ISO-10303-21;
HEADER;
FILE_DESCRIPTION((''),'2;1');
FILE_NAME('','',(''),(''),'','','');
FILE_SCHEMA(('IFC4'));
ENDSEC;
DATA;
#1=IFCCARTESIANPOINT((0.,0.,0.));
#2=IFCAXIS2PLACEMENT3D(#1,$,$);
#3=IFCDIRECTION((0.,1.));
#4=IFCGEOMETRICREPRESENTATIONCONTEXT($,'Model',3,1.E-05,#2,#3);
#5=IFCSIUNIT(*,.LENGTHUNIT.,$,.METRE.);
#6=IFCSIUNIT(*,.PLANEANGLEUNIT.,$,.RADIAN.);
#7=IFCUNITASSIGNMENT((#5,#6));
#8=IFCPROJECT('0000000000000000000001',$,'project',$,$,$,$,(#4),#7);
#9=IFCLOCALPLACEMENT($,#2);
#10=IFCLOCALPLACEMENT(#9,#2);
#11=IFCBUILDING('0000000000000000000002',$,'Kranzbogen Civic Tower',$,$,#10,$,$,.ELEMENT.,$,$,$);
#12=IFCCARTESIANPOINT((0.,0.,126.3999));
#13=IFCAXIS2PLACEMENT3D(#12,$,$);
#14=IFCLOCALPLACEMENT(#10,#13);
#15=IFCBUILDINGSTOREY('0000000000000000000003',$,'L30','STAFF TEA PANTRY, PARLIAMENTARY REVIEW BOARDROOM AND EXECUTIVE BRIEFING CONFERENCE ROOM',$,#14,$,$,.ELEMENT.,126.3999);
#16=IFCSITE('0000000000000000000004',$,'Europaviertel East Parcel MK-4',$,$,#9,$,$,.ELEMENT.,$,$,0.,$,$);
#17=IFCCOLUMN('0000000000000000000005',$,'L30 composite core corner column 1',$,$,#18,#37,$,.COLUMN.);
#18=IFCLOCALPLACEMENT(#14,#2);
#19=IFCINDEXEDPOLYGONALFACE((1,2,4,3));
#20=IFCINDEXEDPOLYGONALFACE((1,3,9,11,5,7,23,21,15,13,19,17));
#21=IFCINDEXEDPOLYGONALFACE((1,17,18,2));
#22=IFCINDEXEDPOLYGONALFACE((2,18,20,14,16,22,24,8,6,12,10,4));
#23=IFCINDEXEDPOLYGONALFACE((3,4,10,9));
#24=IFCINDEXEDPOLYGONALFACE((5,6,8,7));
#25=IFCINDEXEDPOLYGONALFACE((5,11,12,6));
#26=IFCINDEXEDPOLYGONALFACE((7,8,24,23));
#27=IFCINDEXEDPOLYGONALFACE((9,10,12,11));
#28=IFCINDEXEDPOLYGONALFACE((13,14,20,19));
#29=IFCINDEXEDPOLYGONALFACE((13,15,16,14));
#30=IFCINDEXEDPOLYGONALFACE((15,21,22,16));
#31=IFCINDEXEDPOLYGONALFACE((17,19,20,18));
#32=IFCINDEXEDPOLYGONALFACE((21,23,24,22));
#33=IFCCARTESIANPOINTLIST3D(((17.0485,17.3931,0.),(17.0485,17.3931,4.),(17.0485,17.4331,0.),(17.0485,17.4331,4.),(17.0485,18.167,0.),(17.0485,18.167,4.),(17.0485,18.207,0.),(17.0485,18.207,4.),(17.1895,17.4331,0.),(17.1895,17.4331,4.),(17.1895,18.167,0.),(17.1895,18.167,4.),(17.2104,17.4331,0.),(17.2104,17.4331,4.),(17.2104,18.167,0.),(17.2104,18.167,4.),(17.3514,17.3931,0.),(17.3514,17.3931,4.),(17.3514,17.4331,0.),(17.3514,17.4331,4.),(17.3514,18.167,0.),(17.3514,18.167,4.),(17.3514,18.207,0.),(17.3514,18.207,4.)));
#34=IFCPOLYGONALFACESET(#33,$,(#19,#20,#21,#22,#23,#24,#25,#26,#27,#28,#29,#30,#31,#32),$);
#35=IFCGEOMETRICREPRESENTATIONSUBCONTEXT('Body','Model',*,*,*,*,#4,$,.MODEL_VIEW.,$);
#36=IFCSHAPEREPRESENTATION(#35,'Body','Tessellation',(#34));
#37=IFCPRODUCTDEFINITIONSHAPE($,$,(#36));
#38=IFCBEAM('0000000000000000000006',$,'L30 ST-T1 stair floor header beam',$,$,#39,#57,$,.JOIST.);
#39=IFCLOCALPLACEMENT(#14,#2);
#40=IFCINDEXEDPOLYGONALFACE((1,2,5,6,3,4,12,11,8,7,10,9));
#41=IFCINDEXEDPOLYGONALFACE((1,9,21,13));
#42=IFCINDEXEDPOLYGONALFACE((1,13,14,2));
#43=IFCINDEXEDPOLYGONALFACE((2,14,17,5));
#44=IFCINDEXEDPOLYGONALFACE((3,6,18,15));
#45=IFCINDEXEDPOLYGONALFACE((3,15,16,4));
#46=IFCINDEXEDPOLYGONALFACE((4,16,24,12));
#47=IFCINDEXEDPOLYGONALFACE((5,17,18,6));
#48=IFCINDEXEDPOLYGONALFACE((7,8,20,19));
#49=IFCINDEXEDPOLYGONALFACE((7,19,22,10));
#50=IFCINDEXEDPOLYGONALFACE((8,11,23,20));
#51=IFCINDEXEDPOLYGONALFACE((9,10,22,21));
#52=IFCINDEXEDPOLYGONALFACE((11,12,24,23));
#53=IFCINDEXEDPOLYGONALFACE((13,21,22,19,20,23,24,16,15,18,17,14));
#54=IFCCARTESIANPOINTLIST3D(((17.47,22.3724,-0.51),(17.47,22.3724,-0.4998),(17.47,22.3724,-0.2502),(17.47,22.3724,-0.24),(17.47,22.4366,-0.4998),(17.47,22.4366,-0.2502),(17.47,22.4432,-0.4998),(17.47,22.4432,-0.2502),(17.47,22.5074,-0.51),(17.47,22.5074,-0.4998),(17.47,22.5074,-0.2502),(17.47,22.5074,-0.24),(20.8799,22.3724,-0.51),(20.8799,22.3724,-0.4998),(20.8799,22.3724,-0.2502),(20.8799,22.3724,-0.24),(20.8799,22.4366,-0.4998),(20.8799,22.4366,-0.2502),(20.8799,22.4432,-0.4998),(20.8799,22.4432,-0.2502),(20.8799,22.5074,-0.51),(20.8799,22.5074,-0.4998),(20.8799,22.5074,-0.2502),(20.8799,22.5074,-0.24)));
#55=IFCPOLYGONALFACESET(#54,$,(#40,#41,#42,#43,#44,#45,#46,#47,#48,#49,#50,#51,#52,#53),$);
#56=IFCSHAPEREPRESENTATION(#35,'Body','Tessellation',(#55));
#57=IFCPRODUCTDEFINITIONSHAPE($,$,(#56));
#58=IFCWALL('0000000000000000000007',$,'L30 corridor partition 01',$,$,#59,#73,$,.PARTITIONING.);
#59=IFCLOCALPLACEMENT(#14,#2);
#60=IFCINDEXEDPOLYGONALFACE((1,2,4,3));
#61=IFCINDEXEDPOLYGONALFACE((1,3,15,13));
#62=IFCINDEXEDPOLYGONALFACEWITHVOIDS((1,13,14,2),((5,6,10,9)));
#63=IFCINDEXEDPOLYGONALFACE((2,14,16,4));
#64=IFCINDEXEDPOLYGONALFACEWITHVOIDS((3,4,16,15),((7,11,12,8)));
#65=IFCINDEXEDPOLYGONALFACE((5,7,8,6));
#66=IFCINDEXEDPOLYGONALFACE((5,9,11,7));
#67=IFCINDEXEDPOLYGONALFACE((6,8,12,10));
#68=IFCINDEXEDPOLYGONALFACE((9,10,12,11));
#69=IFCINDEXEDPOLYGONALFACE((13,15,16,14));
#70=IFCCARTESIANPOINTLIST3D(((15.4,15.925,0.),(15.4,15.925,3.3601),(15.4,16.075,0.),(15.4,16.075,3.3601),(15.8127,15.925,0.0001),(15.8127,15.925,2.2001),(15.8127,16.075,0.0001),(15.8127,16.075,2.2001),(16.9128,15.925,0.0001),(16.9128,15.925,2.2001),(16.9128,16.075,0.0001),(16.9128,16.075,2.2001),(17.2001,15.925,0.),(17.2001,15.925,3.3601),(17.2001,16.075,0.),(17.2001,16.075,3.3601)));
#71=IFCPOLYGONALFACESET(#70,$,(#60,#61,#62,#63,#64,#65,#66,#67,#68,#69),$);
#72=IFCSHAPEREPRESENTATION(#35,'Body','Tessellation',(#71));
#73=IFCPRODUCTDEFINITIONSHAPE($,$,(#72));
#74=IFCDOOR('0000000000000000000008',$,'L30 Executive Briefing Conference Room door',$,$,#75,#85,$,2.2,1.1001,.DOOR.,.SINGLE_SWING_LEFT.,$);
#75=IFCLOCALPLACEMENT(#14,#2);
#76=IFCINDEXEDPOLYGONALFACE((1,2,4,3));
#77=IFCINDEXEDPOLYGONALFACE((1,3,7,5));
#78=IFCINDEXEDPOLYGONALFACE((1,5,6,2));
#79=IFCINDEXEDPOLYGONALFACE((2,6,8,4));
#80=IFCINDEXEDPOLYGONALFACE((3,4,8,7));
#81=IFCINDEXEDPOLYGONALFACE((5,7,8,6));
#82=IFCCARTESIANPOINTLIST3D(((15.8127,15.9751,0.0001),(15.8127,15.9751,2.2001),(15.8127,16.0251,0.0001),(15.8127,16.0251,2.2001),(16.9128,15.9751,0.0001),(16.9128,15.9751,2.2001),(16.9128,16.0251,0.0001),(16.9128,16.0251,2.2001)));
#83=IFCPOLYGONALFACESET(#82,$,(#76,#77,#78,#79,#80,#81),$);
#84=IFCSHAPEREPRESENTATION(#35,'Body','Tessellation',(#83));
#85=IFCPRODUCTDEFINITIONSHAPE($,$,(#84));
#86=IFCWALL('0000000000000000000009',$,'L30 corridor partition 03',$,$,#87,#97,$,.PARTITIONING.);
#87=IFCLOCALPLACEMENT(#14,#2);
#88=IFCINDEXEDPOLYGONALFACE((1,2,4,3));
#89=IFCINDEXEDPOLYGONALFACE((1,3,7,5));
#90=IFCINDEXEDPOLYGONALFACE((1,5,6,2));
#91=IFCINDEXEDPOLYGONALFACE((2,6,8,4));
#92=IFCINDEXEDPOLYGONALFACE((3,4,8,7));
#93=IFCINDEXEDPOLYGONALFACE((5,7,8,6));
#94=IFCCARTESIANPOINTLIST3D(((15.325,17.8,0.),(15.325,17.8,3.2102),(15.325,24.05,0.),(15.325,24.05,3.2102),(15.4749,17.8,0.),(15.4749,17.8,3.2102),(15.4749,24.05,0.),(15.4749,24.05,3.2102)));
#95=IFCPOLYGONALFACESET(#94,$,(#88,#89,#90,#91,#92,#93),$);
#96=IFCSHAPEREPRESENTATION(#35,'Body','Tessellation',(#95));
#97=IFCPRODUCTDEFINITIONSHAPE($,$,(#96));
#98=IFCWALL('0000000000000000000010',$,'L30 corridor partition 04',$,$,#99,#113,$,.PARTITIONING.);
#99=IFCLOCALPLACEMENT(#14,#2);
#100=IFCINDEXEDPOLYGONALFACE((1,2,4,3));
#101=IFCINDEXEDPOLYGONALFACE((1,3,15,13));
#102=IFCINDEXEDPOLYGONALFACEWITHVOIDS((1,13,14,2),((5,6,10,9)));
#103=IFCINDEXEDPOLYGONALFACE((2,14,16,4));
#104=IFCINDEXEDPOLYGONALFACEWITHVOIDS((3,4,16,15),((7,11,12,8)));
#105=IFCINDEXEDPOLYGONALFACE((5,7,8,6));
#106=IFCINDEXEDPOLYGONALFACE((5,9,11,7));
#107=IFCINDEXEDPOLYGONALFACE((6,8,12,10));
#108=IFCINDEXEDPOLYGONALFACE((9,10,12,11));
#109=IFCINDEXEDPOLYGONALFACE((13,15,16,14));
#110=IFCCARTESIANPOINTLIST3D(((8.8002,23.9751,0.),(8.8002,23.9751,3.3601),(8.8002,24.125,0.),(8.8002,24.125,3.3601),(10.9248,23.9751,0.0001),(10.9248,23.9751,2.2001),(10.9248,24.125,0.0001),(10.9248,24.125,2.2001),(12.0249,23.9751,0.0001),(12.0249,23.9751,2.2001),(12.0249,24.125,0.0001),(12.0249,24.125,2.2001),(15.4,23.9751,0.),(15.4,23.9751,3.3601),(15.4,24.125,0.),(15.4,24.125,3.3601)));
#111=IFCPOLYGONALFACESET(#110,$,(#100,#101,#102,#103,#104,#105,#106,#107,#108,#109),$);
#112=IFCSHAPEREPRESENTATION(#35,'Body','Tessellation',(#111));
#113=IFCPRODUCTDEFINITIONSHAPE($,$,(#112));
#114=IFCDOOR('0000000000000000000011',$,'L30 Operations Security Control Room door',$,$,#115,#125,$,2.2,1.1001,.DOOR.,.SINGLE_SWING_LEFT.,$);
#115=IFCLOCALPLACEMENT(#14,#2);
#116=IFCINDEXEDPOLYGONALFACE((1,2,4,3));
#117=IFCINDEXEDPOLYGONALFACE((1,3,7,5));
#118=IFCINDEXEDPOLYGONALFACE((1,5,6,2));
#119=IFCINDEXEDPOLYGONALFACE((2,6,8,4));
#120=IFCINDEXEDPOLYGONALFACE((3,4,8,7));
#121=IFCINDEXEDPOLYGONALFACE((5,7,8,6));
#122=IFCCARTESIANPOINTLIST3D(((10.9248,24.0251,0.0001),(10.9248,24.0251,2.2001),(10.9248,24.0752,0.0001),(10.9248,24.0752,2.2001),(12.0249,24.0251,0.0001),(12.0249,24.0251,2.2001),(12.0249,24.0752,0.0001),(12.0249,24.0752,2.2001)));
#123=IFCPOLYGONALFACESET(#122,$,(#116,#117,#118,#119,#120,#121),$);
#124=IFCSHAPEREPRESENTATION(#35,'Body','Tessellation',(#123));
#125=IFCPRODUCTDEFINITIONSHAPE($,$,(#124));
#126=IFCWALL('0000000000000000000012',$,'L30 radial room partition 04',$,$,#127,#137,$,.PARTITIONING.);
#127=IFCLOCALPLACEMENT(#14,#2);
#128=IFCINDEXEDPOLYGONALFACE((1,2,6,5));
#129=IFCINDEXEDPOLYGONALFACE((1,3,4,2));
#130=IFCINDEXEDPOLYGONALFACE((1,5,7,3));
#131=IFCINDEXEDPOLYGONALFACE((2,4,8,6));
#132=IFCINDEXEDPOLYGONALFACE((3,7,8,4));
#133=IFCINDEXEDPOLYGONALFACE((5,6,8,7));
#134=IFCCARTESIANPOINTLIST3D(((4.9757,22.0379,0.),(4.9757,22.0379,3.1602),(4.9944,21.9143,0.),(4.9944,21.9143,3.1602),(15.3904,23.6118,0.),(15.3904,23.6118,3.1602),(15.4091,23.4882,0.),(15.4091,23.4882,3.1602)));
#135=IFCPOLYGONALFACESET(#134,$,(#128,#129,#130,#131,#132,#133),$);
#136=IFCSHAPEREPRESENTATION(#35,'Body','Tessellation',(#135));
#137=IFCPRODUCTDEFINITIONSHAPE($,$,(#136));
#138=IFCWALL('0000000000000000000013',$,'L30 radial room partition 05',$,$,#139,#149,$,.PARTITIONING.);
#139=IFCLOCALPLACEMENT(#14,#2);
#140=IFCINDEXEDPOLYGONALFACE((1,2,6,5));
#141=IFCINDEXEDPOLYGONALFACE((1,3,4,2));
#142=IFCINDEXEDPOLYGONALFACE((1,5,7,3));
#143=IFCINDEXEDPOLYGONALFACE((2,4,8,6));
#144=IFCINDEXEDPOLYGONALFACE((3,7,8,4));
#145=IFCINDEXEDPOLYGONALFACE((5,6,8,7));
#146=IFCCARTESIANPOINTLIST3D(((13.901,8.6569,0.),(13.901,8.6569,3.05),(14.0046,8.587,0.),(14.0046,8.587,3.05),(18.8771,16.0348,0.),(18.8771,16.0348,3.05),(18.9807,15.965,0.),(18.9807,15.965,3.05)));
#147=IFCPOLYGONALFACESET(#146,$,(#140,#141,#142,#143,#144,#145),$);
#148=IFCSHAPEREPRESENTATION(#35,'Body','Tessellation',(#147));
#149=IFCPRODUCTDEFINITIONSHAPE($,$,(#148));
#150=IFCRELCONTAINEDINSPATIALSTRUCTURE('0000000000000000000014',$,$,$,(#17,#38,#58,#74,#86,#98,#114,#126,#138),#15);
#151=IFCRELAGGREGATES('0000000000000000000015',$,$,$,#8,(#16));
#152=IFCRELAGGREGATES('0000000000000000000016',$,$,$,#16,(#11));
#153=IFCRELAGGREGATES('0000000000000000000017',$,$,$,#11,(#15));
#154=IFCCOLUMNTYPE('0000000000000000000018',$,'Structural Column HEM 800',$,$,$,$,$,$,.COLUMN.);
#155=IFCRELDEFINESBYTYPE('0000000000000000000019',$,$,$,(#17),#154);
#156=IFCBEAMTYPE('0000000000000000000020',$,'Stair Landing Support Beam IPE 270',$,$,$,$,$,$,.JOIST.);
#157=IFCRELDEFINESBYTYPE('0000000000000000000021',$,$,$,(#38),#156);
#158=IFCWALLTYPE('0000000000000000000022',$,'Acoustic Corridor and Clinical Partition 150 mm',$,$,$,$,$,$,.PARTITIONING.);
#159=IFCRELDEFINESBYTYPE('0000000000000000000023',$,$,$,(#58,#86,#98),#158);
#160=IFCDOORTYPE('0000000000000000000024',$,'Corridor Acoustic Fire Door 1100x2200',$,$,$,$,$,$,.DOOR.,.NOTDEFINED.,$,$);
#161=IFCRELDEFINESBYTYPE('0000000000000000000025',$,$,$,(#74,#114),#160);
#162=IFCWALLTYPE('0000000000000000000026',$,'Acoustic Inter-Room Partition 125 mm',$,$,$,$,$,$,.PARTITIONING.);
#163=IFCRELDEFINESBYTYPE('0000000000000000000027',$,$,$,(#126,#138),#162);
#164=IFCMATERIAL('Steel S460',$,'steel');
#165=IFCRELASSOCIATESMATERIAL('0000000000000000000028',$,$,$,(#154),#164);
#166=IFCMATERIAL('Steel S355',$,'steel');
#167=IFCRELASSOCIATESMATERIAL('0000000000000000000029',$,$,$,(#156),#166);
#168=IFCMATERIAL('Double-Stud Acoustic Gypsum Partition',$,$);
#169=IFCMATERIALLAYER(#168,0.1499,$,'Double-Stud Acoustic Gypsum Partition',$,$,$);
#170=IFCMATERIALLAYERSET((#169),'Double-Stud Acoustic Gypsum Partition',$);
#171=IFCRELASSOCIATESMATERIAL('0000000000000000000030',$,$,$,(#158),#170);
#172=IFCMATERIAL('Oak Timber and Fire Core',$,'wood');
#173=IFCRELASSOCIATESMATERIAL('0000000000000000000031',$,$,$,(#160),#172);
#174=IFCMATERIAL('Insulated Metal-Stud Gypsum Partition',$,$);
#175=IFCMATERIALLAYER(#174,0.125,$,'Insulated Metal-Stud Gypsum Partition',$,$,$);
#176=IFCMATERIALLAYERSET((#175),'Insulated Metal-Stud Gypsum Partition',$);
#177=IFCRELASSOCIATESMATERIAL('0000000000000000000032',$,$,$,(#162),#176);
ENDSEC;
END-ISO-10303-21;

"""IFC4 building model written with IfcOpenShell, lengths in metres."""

from ifc_helpers import new_model, si_unit, direction, frame, frame_2d, origin, origin_2d, place, context, subcontext, project, spatial, rectangle, i_section, extrude, material, layer, layer_set, material_profile, profile_set, type_object, element, fill, save


model = new_model("IFC4")

# Units and contexts
model_context = context("Model", 3, precision=1e-05, world=origin(), true_north=direction((0.0, 1.0)))
body_context = subcontext(model_context, "Body", "Model", "MODEL_VIEW")
ifc_project = project(units=[si_unit("LENGTHUNIT", "METRE"), si_unit("PLANEANGLEUNIT", "RADIAN")], contexts=[model_context])

# Site, building, storey
site_placement = place(None, origin())
site = spatial("IfcSite", under=ifc_project, at=site_placement, Name="Europaviertel East Parcel MK-4", CompositionType="ELEMENT", RefElevation=0.0)
building_placement = place(site_placement, origin())
building = spatial("IfcBuilding", under=site, at=building_placement, Name="Kranzbogen Civic Tower", CompositionType="ELEMENT")
storey_placement = place(building_placement, frame((0.0, 0.0, 126.3999)))
storey = spatial("IfcBuildingStorey", under=building, at=storey_placement, Name="L30", Description="STAFF TEA PANTRY, PARLIAMENTARY REVIEW BOARDROOM AND EXECUTIVE BRIEFING CONFERENCE ROOM", CompositionType="ELEMENT", Elevation=126.3999)

# Column
ifc_material_1 = material(Name="Steel S460", Category="steel")
ifc_material_profile_1 = material_profile(ifc_material_1, i_section(OverallWidth=0.303, OverallDepth=0.814, WebThickness=0.021, FlangeThickness=0.04, at=origin_2d()), Name="HEM 800")
ifc_profile_set_1 = profile_set([ifc_material_profile_1], Name="Steel S460")
column_type = type_object("IfcColumnType", Name="Structural Column HEM 800", PredefinedType="COLUMN", material=ifc_profile_set_1)
column_placement = place(storey_placement, frame((17.2, 17.8, 0.0), z_axis=(0.0, 0.0, 1.0), x_axis=(1.0, 0.0, 0.0)))
element("IfcColumn", 1, at=column_placement, inside=storey, type_object=column_type, Name="L30 composite core corner column 1", PredefinedType="COLUMN", context=body_context, shape_type="SweptSolid", body=[
    extrude(i_section(OverallWidth=0.303, OverallDepth=0.814, WebThickness=0.021, FlangeThickness=0.04, at=origin_2d()), origin(), (0.0, 0.0, 1.0), 4.0),
])

# Beam
ifc_material_2 = material(Name="Steel S355", Category="steel")
ifc_material_profile_2 = material_profile(ifc_material_2, i_section(OverallWidth=0.135, OverallDepth=0.27, WebThickness=0.0066, FlangeThickness=0.0103, at=origin_2d()), Name="IPE 270")
ifc_profile_set_2 = profile_set([ifc_material_profile_2], Name="Steel S355")
beam_type = type_object("IfcBeamType", Name="Stair Landing Support Beam IPE 270", PredefinedType="JOIST", material=ifc_profile_set_2)
beam_placement = place(storey_placement, frame((20.8799, 22.4399, -0.375), z_axis=(-1.0, 0.0, 0.0), x_axis=(0.0, -1.0, 0.0)))
element("IfcBeam", 2, at=beam_placement, inside=storey, type_object=beam_type, Name="L30 ST-T1 stair floor header beam", PredefinedType="JOIST", context=body_context, shape_type="SweptSolid", body=[
    extrude(i_section(OverallWidth=0.135, OverallDepth=0.27, WebThickness=0.0066, FlangeThickness=0.0103, at=origin_2d()), origin(), (0.0, 0.0, 1.0), 3.4099),
])

# Wall, opening, door
ifc_material_3 = material(Name="Double-Stud Acoustic Gypsum Partition")
ifc_layer_1 = layer(ifc_material_3, 0.1499, Name="Double-Stud Acoustic Gypsum Partition")
ifc_layer_set_1 = layer_set([ifc_layer_1], Name="Double-Stud Acoustic Gypsum Partition")
wall_type_1 = type_object("IfcWallType", Name="Acoustic Corridor and Clinical Partition 150 mm", PredefinedType="PARTITIONING", material=ifc_layer_set_1)
wall_1_placement = place(storey_placement, frame((17.2, 16.0, 0.0), z_axis=(0.0, 0.0, 1.0), x_axis=(-1.0, 0.0, 0.0)))
wall_1 = element("IfcWall", 3, at=wall_1_placement, inside=storey, type_object=wall_type_1, Name="L30 corridor partition 01", PredefinedType="PARTITIONING", context=body_context, shape_type="SweptSolid", body=[
    extrude(rectangle(XDim=1.8, YDim=0.1499, at=frame_2d((0.8999, 0.0))), origin(), (0.0, 0.0, 1.0), 3.3601),
])
opening_1_placement = place(wall_1_placement, frame((0.2871, 0.0, 0.0)))
opening_1 = element("IfcOpeningElement", 4, at=opening_1_placement, cuts=wall_1, PredefinedType="OPENING", context=body_context, shape_type="SweptSolid", body=[
    extrude(rectangle(XDim=1.1001, YDim=2.2, at=frame_2d((0.55, 1.1001))), frame((0.0, 0.085, 0.0), z_axis=(0.0, -1.0, 0.0), x_axis=(1.0, 0.0, 0.0)), (0.0, 0.0, 1.0), 0.1699),
])
ifc_material_4 = material(Name="Oak Timber and Fire Core", Category="wood")
door_type_1 = type_object("IfcDoorType", Name="Corridor Acoustic Fire Door 1100x2200", OperationType="NOTDEFINED", PredefinedType="DOOR", material=ifc_material_4)
door_1_placement = place(opening_1_placement, origin())
door_1 = element("IfcDoor", 5, at=door_1_placement, inside=storey, type_object=door_type_1, Name="L30 Executive Briefing Conference Room door", OperationType="SINGLE_SWING_LEFT", OverallHeight=2.2, OverallWidth=1.1001, PredefinedType="DOOR", context=body_context, shape_type="SweptSolid", body=[
    extrude(rectangle(XDim=1.1001, YDim=2.2, at=frame_2d((0.55, 1.1001))), frame((0.0, 0.0249, 0.0), z_axis=(0.0, -1.0, 0.0), x_axis=(1.0, 0.0, 0.0)), (0.0, 0.0, 1.0), 0.05),
])
fill(opening_1, door_1)

# Wall
wall_2_placement = place(storey_placement, frame((15.3999, 17.8, 0.0), z_axis=(0.0, 0.0, 1.0), x_axis=(0.0, 1.0, 0.0)))
element("IfcWall", 6, at=wall_2_placement, inside=storey, type_object=wall_type_1, Name="L30 corridor partition 03", PredefinedType="PARTITIONING", context=body_context, shape_type="SweptSolid", body=[
    extrude(rectangle(XDim=6.25, YDim=0.1499, at=frame_2d((3.125, 0.0))), origin(), (0.0, 0.0, 1.0), 3.2102),
])

# Wall, opening, door
wall_3_placement = place(storey_placement, frame((15.3999, 24.05, 0.0), z_axis=(0.0, 0.0, 1.0), x_axis=(-1.0, 0.0, 0.0)))
wall_3 = element("IfcWall", 7, at=wall_3_placement, inside=storey, type_object=wall_type_1, Name="L30 corridor partition 04", PredefinedType="PARTITIONING", context=body_context, shape_type="SweptSolid", body=[
    extrude(rectangle(XDim=6.5999, YDim=0.1499, at=frame_2d((3.2998, 0.0))), origin(), (0.0, 0.0, 1.0), 3.3601),
])
opening_2_placement = place(wall_3_placement, frame((3.375, 0.0, 0.0)))
opening_2 = element("IfcOpeningElement", 8, at=opening_2_placement, cuts=wall_3, PredefinedType="OPENING", context=body_context, shape_type="SweptSolid", body=[
    extrude(rectangle(XDim=1.1001, YDim=2.2, at=frame_2d((0.55, 1.1001))), frame((0.0, 0.085, 0.0), z_axis=(0.0, -1.0, 0.0), x_axis=(1.0, 0.0, 0.0)), (0.0, 0.0, 1.0), 0.1699),
])
door_2_placement = place(opening_2_placement, origin())
door_2 = element("IfcDoor", 9, at=door_2_placement, inside=storey, type_object=door_type_1, Name="L30 Operations Security Control Room door", OperationType="SINGLE_SWING_LEFT", OverallHeight=2.2, OverallWidth=1.1001, PredefinedType="DOOR", context=body_context, shape_type="SweptSolid", body=[
    extrude(rectangle(XDim=1.1001, YDim=2.2, at=frame_2d((0.55, 1.1001))), frame((0.0, 0.0249, 0.0), z_axis=(0.0, -1.0, 0.0), x_axis=(1.0, 0.0, 0.0)), (0.0, 0.0, 1.0), 0.05),
])
fill(opening_2, door_2)

# Walls
ifc_material_5 = material(Name="Insulated Metal-Stud Gypsum Partition")
ifc_layer_2 = layer(ifc_material_5, 0.125, Name="Insulated Metal-Stud Gypsum Partition")
ifc_layer_set_2 = layer_set([ifc_layer_2], Name="Insulated Metal-Stud Gypsum Partition")
wall_type_2 = type_object("IfcWallType", Name="Acoustic Inter-Room Partition 125 mm", PredefinedType="PARTITIONING", material=ifc_layer_set_2)
wall_4_placement = place(storey_placement, frame((15.3999, 23.55, 0.0), z_axis=(0.0, 0.0, 1.0), x_axis=(-0.988772, -0.149432, 0.0)))
element("IfcWall", 10, at=wall_4_placement, inside=storey, type_object=wall_type_2, Name="L30 radial room partition 04", PredefinedType="PARTITIONING", context=body_context, shape_type="SweptSolid", body=[
    extrude(rectangle(XDim=10.533, YDim=0.125, at=frame_2d((5.2666, 0.0))), origin(), (0.0, 0.0, 1.0), 3.1602),
])
wall_5_placement = place(storey_placement, frame((18.929, 16.0, 0.0), z_axis=(0.0, 0.0, 1.0), x_axis=(-0.559162, -0.829059, 0.0)))
element("IfcWall", 11, at=wall_5_placement, inside=storey, type_object=wall_type_2, Name="L30 radial room partition 05", PredefinedType="PARTITIONING", context=body_context, shape_type="SweptSolid", body=[
    extrude(rectangle(XDim=8.8992, YDim=0.125, at=frame_2d((4.4497, 0.0))), origin(), (0.0, 0.0, 1.0), 3.05),
])

save(model, "model.ifc")
